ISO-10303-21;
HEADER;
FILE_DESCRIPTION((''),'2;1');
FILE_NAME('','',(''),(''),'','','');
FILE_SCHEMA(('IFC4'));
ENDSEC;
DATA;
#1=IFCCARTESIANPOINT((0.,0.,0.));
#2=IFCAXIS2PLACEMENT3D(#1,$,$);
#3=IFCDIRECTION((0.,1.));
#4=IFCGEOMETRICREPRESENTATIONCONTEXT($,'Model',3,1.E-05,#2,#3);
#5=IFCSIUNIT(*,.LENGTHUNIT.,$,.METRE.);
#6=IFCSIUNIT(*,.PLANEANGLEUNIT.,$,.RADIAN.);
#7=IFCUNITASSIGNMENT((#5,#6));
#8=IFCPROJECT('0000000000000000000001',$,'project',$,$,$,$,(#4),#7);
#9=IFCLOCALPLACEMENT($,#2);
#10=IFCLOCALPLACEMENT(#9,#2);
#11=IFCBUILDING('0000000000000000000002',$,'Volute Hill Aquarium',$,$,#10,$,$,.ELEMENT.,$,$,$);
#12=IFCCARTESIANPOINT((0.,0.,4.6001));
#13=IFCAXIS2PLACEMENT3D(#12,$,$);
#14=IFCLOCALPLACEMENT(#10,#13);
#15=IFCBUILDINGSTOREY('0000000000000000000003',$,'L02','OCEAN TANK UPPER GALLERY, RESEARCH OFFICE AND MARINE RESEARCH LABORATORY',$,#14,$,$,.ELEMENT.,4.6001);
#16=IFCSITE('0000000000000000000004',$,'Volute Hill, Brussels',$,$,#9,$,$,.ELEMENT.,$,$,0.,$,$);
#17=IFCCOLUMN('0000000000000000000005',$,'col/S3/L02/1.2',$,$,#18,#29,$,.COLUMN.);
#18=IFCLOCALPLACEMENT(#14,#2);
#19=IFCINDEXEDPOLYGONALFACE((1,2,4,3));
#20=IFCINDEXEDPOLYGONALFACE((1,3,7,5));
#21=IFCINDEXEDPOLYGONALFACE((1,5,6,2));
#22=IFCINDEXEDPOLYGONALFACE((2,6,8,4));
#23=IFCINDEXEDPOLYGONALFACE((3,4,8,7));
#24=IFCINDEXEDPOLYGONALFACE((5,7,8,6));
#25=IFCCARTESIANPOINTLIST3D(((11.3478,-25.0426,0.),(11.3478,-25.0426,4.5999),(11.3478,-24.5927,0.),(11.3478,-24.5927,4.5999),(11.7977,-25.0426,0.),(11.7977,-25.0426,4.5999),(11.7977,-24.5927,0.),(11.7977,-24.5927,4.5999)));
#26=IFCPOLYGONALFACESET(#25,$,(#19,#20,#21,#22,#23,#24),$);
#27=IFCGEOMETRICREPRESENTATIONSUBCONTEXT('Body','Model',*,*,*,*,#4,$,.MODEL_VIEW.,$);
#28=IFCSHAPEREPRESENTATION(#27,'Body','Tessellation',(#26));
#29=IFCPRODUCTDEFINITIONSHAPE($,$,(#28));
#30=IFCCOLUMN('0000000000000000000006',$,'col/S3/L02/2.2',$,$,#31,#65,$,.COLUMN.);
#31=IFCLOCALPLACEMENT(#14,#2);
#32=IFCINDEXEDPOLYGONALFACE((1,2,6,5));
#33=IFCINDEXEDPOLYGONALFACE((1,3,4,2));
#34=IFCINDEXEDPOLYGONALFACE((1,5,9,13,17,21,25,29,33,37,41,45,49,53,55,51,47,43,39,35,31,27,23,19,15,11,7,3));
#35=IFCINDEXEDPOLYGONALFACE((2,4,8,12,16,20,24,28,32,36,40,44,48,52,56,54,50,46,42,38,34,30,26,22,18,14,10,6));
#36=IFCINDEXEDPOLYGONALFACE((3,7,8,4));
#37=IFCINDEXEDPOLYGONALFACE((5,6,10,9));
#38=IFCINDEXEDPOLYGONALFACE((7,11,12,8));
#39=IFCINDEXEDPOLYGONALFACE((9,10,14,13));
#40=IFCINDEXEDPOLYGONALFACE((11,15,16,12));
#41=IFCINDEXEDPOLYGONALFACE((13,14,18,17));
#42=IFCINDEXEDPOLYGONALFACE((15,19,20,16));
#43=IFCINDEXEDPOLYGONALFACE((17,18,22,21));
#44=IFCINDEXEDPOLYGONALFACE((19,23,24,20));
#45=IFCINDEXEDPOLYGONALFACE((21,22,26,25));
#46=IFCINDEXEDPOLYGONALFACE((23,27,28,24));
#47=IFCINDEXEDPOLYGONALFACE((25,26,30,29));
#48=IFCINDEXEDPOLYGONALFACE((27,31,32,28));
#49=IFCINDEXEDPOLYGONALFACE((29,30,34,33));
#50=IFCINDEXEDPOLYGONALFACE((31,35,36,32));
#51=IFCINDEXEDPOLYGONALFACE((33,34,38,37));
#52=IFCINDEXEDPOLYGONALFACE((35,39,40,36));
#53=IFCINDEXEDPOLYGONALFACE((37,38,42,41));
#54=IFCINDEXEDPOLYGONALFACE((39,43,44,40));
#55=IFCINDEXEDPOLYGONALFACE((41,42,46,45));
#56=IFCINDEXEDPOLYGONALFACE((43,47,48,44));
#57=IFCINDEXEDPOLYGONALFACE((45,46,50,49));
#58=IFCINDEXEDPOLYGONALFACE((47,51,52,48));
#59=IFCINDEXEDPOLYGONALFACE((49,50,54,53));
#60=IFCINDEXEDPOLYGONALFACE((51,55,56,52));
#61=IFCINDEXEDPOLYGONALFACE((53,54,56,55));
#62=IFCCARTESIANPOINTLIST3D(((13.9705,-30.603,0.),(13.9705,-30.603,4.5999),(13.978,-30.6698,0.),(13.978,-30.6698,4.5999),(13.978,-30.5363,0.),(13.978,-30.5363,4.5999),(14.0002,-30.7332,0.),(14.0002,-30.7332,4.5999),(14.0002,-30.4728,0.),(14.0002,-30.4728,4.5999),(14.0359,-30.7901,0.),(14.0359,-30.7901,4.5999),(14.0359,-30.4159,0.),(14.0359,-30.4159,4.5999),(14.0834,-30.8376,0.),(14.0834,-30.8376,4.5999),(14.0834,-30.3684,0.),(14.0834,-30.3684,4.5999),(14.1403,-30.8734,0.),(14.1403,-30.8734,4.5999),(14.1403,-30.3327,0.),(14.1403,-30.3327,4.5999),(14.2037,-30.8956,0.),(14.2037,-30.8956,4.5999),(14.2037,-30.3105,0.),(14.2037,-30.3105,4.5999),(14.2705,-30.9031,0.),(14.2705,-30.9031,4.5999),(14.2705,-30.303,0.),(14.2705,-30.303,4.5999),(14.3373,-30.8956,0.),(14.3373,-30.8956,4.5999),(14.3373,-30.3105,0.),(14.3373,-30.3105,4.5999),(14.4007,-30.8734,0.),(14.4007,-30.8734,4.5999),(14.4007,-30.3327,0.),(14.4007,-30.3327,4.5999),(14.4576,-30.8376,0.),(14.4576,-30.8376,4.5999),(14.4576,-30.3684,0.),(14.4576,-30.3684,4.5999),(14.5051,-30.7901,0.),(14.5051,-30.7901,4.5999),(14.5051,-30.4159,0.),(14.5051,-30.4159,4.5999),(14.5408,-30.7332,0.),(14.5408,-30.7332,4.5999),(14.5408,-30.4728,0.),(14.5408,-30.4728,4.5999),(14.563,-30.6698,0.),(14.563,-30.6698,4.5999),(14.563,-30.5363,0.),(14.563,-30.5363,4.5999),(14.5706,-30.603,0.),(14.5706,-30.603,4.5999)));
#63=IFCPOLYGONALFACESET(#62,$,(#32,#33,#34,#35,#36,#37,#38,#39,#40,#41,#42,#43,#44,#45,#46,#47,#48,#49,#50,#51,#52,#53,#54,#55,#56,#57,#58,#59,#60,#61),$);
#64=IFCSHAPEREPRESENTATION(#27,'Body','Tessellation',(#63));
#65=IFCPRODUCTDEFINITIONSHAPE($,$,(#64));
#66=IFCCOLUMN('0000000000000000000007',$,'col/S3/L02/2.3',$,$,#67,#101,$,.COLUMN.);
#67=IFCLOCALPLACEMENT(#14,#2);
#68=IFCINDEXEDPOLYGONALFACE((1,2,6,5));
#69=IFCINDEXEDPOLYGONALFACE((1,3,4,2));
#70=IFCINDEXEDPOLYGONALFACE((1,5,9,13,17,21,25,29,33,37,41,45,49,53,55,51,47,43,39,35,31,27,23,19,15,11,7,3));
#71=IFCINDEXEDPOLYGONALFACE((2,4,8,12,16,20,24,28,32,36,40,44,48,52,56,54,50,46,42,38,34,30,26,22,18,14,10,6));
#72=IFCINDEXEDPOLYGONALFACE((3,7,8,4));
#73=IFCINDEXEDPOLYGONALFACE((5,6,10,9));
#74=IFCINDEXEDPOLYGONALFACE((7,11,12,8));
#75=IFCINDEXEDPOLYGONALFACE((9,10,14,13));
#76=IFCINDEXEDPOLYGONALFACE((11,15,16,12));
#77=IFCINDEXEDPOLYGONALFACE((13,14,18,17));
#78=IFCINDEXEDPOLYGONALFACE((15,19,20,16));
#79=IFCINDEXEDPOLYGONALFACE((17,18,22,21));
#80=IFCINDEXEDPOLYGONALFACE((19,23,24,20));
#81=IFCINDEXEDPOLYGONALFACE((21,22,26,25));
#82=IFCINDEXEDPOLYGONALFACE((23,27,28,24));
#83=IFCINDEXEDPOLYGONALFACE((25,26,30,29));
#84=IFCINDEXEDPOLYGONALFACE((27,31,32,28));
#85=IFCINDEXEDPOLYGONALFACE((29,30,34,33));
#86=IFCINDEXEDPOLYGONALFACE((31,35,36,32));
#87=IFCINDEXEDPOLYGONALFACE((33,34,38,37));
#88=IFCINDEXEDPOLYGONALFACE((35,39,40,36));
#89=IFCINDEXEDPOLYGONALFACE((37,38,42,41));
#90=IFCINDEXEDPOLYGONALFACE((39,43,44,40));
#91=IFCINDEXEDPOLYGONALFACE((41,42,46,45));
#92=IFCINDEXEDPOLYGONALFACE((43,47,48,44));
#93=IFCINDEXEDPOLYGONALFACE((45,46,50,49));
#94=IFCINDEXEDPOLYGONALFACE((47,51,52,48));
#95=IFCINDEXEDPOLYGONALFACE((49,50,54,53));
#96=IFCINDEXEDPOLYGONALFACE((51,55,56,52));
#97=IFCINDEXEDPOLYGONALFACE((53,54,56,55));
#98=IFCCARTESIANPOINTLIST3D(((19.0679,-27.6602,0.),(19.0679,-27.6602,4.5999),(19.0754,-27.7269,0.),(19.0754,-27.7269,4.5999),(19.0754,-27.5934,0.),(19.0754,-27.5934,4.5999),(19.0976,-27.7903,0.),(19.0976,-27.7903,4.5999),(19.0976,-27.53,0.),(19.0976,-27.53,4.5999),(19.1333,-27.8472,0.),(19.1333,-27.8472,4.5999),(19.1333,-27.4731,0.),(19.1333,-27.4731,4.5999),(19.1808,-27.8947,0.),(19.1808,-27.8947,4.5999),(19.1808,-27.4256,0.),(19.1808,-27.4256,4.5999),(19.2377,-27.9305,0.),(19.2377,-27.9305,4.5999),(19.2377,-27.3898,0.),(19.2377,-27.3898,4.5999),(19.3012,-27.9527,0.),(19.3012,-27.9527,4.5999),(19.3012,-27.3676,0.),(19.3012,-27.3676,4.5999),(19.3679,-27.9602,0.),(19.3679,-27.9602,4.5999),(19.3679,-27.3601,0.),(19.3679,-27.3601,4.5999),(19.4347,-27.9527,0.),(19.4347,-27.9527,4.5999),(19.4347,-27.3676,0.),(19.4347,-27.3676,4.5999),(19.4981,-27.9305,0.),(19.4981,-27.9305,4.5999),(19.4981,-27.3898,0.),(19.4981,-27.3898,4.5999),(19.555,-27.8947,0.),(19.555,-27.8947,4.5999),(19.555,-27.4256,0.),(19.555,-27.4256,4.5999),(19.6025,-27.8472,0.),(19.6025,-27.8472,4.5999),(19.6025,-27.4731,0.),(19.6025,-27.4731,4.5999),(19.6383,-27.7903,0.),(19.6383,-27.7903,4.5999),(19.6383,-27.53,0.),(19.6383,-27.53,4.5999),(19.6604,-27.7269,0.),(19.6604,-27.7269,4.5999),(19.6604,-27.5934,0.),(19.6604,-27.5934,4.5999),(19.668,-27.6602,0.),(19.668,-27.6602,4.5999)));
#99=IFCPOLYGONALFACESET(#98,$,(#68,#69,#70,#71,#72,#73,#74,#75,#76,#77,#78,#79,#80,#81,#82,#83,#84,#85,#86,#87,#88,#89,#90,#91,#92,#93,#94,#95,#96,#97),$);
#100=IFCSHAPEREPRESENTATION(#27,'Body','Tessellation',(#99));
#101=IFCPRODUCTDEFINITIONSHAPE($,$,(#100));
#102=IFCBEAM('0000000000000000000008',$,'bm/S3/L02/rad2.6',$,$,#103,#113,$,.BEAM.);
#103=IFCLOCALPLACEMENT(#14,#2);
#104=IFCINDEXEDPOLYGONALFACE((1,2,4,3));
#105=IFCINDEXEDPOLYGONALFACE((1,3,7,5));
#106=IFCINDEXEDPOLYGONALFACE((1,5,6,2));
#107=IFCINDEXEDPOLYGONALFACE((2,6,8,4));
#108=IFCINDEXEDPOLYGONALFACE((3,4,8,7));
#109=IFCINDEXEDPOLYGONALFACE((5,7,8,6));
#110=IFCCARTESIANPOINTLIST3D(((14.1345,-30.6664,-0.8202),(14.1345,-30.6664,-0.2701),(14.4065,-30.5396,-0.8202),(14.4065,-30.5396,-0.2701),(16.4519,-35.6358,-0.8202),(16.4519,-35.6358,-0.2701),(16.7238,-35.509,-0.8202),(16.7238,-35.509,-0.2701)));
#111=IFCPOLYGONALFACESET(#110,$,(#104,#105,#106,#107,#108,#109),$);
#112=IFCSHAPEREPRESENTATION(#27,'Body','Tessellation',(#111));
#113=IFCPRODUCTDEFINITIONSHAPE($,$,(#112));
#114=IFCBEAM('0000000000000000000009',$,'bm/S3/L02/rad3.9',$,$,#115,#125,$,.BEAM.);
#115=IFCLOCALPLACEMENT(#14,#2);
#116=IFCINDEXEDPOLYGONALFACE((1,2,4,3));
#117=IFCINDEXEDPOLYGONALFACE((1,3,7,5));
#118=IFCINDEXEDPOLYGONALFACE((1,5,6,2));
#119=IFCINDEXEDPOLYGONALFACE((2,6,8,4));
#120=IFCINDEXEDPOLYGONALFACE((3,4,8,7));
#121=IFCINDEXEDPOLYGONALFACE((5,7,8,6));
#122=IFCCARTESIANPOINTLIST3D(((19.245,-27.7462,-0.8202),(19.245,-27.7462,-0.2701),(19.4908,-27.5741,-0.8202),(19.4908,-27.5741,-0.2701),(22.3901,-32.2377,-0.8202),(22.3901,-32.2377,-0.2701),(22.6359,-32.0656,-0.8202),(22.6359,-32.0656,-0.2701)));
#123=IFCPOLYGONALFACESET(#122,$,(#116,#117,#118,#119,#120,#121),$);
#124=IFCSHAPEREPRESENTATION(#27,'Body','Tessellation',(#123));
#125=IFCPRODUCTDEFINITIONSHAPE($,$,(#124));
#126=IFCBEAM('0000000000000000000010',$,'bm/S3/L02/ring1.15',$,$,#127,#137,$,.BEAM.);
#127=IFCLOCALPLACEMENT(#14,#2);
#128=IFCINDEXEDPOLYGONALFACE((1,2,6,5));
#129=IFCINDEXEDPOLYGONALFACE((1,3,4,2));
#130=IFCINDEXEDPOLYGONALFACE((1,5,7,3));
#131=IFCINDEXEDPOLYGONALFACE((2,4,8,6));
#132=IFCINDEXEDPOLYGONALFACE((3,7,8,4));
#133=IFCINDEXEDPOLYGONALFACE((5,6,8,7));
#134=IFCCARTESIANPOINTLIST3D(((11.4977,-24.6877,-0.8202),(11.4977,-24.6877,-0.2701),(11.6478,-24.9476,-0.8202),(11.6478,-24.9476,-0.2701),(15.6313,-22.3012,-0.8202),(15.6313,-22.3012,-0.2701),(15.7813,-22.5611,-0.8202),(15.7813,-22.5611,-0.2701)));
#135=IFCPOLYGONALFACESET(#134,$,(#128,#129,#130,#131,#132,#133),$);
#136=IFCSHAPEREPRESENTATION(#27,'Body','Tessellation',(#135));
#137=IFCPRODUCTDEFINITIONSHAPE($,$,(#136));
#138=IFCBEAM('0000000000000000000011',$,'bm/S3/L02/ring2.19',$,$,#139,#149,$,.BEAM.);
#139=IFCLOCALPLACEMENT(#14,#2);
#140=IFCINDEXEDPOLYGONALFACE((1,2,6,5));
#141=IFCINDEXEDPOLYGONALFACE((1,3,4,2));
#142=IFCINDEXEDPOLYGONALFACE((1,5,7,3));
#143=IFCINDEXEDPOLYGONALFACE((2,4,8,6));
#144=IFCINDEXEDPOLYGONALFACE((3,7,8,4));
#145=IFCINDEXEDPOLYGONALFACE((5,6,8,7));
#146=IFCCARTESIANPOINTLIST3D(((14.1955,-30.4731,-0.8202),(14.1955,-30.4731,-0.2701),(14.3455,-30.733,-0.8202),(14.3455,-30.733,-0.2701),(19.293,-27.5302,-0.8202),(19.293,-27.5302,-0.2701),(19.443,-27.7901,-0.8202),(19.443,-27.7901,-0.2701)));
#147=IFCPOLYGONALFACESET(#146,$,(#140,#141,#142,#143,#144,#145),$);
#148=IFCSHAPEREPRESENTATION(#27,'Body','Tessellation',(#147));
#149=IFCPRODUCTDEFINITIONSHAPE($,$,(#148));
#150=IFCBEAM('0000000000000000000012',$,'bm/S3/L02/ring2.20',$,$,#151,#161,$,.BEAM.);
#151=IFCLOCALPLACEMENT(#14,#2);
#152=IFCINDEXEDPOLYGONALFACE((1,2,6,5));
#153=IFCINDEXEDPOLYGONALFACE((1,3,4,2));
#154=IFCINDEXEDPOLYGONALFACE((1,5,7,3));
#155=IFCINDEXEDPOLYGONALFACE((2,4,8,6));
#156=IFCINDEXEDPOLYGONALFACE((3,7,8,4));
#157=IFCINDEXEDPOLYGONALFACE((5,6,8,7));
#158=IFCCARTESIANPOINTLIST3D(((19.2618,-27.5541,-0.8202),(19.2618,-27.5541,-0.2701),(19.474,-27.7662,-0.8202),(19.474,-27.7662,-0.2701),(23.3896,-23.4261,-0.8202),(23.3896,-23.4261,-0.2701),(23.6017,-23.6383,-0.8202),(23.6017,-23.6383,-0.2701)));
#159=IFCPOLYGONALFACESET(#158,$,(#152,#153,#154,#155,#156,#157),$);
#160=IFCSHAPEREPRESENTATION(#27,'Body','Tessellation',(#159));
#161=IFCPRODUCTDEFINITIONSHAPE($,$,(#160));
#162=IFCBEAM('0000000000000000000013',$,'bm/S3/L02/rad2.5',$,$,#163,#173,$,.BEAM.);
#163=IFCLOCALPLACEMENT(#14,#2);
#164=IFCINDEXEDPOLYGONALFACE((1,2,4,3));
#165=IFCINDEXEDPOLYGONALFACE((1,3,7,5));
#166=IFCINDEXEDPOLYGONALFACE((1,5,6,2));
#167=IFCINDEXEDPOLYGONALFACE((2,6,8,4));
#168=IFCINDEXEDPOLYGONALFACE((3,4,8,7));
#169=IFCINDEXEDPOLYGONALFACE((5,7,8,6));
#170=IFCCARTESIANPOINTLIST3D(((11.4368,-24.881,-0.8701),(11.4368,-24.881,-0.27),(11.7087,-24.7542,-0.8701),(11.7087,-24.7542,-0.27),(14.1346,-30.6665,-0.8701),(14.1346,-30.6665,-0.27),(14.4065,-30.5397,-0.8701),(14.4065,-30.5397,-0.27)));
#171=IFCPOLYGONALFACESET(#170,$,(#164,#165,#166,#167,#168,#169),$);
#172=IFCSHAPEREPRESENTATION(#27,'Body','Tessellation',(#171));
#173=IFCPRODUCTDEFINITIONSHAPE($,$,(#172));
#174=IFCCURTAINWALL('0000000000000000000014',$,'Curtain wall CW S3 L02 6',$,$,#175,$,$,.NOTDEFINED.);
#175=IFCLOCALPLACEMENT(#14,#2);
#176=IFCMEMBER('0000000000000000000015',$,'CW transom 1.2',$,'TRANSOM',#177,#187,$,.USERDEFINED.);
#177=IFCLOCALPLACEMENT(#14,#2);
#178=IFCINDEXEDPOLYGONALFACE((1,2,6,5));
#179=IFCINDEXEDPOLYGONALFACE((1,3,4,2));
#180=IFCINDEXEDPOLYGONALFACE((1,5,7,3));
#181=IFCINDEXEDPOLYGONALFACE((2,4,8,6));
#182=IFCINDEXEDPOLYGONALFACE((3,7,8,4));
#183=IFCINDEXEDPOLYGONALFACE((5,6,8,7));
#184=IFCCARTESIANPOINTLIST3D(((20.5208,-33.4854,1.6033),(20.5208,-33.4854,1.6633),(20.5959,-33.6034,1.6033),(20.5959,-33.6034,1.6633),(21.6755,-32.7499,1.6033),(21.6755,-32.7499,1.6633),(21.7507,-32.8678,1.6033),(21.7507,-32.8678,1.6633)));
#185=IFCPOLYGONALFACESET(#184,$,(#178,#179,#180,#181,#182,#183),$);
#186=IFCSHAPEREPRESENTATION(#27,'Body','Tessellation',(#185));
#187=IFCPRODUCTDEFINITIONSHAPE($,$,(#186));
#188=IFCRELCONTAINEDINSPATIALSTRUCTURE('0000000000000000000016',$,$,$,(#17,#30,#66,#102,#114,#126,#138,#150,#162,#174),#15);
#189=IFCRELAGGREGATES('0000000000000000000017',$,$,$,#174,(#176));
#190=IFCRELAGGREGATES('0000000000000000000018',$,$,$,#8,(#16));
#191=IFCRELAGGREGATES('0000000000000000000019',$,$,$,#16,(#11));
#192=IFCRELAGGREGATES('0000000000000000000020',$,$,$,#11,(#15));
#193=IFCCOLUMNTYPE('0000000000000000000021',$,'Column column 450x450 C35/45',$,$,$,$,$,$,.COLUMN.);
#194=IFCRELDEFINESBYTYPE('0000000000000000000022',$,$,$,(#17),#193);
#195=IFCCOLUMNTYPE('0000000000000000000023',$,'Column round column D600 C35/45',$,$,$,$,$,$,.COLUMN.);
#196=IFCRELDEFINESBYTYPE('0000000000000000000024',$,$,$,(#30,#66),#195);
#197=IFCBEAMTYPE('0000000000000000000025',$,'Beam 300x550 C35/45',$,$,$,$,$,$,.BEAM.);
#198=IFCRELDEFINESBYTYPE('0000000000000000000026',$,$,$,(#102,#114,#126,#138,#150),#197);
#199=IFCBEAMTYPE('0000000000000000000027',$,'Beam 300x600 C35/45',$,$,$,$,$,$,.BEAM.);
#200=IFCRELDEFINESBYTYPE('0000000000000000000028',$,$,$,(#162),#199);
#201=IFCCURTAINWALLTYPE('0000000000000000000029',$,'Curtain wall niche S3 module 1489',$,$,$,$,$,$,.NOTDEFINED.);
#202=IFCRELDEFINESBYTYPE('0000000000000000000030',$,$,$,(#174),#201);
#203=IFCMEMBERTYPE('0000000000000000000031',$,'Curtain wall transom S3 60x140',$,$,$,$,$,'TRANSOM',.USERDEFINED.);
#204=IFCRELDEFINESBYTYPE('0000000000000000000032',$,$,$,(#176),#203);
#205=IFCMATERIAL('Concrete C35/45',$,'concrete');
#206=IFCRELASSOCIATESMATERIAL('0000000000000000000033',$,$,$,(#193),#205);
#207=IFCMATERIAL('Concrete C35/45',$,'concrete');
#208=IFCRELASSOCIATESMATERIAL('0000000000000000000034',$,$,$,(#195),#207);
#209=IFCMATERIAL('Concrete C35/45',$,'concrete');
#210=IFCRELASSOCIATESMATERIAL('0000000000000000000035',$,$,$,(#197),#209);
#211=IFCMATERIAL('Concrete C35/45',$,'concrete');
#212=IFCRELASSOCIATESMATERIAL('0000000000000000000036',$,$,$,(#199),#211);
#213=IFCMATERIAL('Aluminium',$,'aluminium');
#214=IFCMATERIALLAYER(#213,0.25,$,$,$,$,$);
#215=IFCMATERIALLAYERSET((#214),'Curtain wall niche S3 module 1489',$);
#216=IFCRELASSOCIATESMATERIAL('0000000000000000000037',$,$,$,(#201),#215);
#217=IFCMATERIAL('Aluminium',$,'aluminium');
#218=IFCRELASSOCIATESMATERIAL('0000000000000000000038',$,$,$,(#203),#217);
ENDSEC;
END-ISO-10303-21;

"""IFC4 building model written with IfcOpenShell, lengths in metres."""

from ifc_helpers import new_model, si_unit, direction, frame, origin, origin_2d, place, context, subcontext, project, spatial, rectangle, circle, extrude, material, layer, layer_set, material_profile, profile_set, type_object, element, aggregate, save


model = new_model("IFC4")

# Units and contexts
model_context = context("Model", 3, precision=1e-05, world=origin(), true_north=direction((0.0, 1.0)))
body_context = subcontext(model_context, "Body", "Model", "MODEL_VIEW")
ifc_project = project(units=[si_unit("LENGTHUNIT", "METRE"), si_unit("PLANEANGLEUNIT", "RADIAN")], contexts=[model_context])

# Site, building, storey
site_placement = place(None, origin())
site = spatial("IfcSite", under=ifc_project, at=site_placement, Name="Volute Hill, Brussels", CompositionType="ELEMENT", RefElevation=0.0)
building_placement = place(site_placement, origin())
building = spatial("IfcBuilding", under=site, at=building_placement, Name="Volute Hill Aquarium", CompositionType="ELEMENT")
storey_placement = place(building_placement, frame((0.0, 0.0, 4.6001)))
storey = spatial("IfcBuildingStorey", under=building, at=storey_placement, Name="L02", Description="OCEAN TANK UPPER GALLERY, RESEARCH OFFICE AND MARINE RESEARCH LABORATORY", CompositionType="ELEMENT", Elevation=4.6001)

# Columns
ifc_material_1 = material(Name="Concrete C35/45", Category="concrete")
ifc_material_profile_1 = material_profile(ifc_material_1, rectangle(XDim=0.45, YDim=0.45, at=origin_2d()), Name="RC column 450x450")
ifc_profile_set_1 = profile_set([ifc_material_profile_1], Name="Concrete C35/45")
column_type_1 = type_object("IfcColumnType", Name="Column column 450x450 C35/45", PredefinedType="COLUMN", material=ifc_profile_set_1)
column_placement = place(storey_placement, frame((11.5728, -24.8176, 0.0), z_axis=(0.0, 0.0, 1.0), x_axis=(1.0, 0.0, 0.0)))
element("IfcColumn", 1, at=column_placement, inside=storey, type_object=column_type_1, Name="col/S3/L02/1.2", PredefinedType="COLUMN", context=body_context, shape_type="SweptSolid", body=[
    extrude(rectangle(XDim=0.45, YDim=0.45, at=origin_2d()), origin(), (0.0, 0.0, 1.0), 4.5999),
])
ifc_material_2 = material(Name="Concrete C35/45", Category="concrete")
ifc_material_profile_2 = material_profile(ifc_material_2, circle(Radius=0.3, at=origin_2d()), Name="RC round column D600")
ifc_profile_set_2 = profile_set([ifc_material_profile_2], Name="Concrete C35/45")
column_type_2 = type_object("IfcColumnType", Name="Column round column D600 C35/45", PredefinedType="COLUMN", material=ifc_profile_set_2)
for number, where, z_axis, x_axis, name in (
    (2, (14.2705, -30.603, 0.0), (0.0, 0.0, 1.0), (1.0, 0.0, 0.0), "col/S3/L02/2.2"),
    (3, (19.3679, -27.6602, 0.0), (0.0, 0.0, 1.0), (1.0, 0.0, 0.0), "col/S3/L02/2.3"),
):
    element("IfcColumn", number, at=place(storey_placement, frame(where, z_axis=z_axis, x_axis=x_axis)), inside=storey, type_object=column_type_2, Name=name, PredefinedType="COLUMN", context=body_context, shape_type="SweptSolid", body=[
        extrude(circle(Radius=0.3, at=origin_2d()), origin(), (0.0, 0.0, 1.0), 4.5999),
    ])

# Beams
ifc_material_3 = material(Name="Concrete C35/45", Category="concrete")
ifc_material_profile_3 = material_profile(ifc_material_3, rectangle(XDim=0.3, YDim=0.55, at=origin_2d()), Name="RC beam 300x550")
ifc_profile_set_3 = profile_set([ifc_material_profile_3], Name="Concrete C35/45")
beam_type_1 = type_object("IfcBeamType", Name="Beam 300x550 C35/45", PredefinedType="BEAM", material=ifc_profile_set_3)
for number, where, z_axis, x_axis, name in (
    (4, (14.2705, -30.603, -0.5452), (0.42263, -0.906303, 0.0), (0.906303, 0.42263, 0.0), "bm/S3/L02/rad2.6"),
    (5, (19.3679, -27.6602, -0.5452), (0.573585, -0.819146, 0.0), (0.819146, 0.573585, 0.0), "bm/S3/L02/rad3.9"),
):
    element("IfcBeam", number, at=place(storey_placement, frame(where, z_axis=z_axis, x_axis=x_axis)), inside=storey, type_object=beam_type_1, Name=name, PredefinedType="BEAM", context=body_context, shape_type="SweptSolid", body=[
        extrude(rectangle(XDim=0.3, YDim=0.55, at=origin_2d()), origin(), (0.0, 0.0, 1.0), 5.4832),
    ])
beam_1_placement = place(storey_placement, frame((11.5728, -24.8176, -0.5452), z_axis=(0.866028, 0.499995, 0.0), x_axis=(-0.499995, 0.866028, 0.0)))
element("IfcBeam", 6, at=beam_1_placement, inside=storey, type_object=beam_type_1, Name="bm/S3/L02/ring1.15", PredefinedType="BEAM", context=body_context, shape_type="SweptSolid", body=[
    extrude(rectangle(XDim=0.3, YDim=0.55, at=origin_2d()), origin(), (0.0, 0.0, 1.0), 4.7729),
])
beam_2_placement = place(storey_placement, frame((14.2705, -30.603, -0.5452), z_axis=(0.866034, 0.499985, 0.0), x_axis=(-0.499985, 0.866034, 0.0)))
element("IfcBeam", 7, at=beam_2_placement, inside=storey, type_object=beam_type_1, Name="bm/S3/L02/ring2.19", PredefinedType="BEAM", context=body_context, shape_type="SweptSolid", body=[
    extrude(rectangle(XDim=0.3, YDim=0.55, at=origin_2d()), origin(), (0.0, 0.0, 1.0), 5.886),
])
beam_3_placement = place(storey_placement, frame((19.3679, -27.6602, -0.5452), z_axis=(0.707086, 0.707128, 0.0), x_axis=(-0.707128, 0.707086, 0.0)))
element("IfcBeam", 8, at=beam_3_placement, inside=storey, type_object=beam_type_1, Name="bm/S3/L02/ring2.20", PredefinedType="BEAM", context=body_context, shape_type="SweptSolid", body=[
    extrude(rectangle(XDim=0.3, YDim=0.55, at=origin_2d()), origin(), (0.0, 0.0, 1.0), 5.8376),
])
ifc_material_4 = material(Name="Concrete C35/45", Category="concrete")
ifc_material_profile_4 = material_profile(ifc_material_4, rectangle(XDim=0.3, YDim=0.6001, at=origin_2d()), Name="RC beam 300x600")
ifc_profile_set_4 = profile_set([ifc_material_profile_4], Name="Concrete C35/45")
beam_type_2 = type_object("IfcBeamType", Name="Beam 300x600 C35/45", PredefinedType="BEAM", material=ifc_profile_set_4)
beam_4_placement = place(storey_placement, frame((11.5728, -24.8176, -0.5701), z_axis=(0.422615, -0.906309, 0.0), x_axis=(0.906309, 0.422615, 0.0)))
element("IfcBeam", 9, at=beam_4_placement, inside=storey, type_object=beam_type_2, Name="bm/S3/L02/rad2.5", PredefinedType="BEAM", context=body_context, shape_type="SweptSolid", body=[
    extrude(rectangle(XDim=0.3, YDim=0.6001, at=origin_2d()), origin(), (0.0, 0.0, 1.0), 6.3835),
])

# Curtain wall, member
ifc_material_5 = material(Name="Aluminium", Category="aluminium")
ifc_layer_1 = layer(ifc_material_5, 0.25)
ifc_layer_set_1 = layer_set([ifc_layer_1], Name="Curtain wall niche S3 module 1489")
curtain_wall_type = type_object("IfcCurtainWallType", Name="Curtain wall niche S3 module 1489", PredefinedType="NOTDEFINED", material=ifc_layer_set_1)
curtain_wall_placement = place(storey_placement, origin())
curtain_wall = element("IfcCurtainWall", 10, at=curtain_wall_placement, inside=storey, type_object=curtain_wall_type, Name="Curtain wall CW S3 L02 6", PredefinedType="NOTDEFINED")
ifc_material_6 = material(Name="Aluminium", Category="aluminium")
ifc_material_profile_5 = material_profile(ifc_material_6, rectangle(XDim=0.1399, YDim=0.0601, at=origin_2d()), Name="Curtain wall transom S3 60x140")
ifc_profile_set_5 = profile_set([ifc_material_profile_5], Name="Aluminium")
member_type = type_object("IfcMemberType", Name="Curtain wall transom S3 60x140", ElementType="TRANSOM", PredefinedType="USERDEFINED", material=ifc_profile_set_5)
member_1_placement = place(storey_placement, frame((20.5583, -33.5444, 1.6333), z_axis=(0.843419, 0.537256, 0.0), x_axis=(-0.537256, 0.843419, 0.0)))
member_1 = element("IfcMember", 11, at=member_1_placement, type_object=member_type, Name="CW transom 1.2", ObjectType="TRANSOM", PredefinedType="USERDEFINED", context=body_context, shape_type="SweptSolid", body=[
    extrude(rectangle(XDim=0.1399, YDim=0.0601, at=origin_2d()), origin(), (0.0, 0.0, 1.0), 1.3691),
])
aggregate(curtain_wall, [member_1])

save(model, "model.ifc")
